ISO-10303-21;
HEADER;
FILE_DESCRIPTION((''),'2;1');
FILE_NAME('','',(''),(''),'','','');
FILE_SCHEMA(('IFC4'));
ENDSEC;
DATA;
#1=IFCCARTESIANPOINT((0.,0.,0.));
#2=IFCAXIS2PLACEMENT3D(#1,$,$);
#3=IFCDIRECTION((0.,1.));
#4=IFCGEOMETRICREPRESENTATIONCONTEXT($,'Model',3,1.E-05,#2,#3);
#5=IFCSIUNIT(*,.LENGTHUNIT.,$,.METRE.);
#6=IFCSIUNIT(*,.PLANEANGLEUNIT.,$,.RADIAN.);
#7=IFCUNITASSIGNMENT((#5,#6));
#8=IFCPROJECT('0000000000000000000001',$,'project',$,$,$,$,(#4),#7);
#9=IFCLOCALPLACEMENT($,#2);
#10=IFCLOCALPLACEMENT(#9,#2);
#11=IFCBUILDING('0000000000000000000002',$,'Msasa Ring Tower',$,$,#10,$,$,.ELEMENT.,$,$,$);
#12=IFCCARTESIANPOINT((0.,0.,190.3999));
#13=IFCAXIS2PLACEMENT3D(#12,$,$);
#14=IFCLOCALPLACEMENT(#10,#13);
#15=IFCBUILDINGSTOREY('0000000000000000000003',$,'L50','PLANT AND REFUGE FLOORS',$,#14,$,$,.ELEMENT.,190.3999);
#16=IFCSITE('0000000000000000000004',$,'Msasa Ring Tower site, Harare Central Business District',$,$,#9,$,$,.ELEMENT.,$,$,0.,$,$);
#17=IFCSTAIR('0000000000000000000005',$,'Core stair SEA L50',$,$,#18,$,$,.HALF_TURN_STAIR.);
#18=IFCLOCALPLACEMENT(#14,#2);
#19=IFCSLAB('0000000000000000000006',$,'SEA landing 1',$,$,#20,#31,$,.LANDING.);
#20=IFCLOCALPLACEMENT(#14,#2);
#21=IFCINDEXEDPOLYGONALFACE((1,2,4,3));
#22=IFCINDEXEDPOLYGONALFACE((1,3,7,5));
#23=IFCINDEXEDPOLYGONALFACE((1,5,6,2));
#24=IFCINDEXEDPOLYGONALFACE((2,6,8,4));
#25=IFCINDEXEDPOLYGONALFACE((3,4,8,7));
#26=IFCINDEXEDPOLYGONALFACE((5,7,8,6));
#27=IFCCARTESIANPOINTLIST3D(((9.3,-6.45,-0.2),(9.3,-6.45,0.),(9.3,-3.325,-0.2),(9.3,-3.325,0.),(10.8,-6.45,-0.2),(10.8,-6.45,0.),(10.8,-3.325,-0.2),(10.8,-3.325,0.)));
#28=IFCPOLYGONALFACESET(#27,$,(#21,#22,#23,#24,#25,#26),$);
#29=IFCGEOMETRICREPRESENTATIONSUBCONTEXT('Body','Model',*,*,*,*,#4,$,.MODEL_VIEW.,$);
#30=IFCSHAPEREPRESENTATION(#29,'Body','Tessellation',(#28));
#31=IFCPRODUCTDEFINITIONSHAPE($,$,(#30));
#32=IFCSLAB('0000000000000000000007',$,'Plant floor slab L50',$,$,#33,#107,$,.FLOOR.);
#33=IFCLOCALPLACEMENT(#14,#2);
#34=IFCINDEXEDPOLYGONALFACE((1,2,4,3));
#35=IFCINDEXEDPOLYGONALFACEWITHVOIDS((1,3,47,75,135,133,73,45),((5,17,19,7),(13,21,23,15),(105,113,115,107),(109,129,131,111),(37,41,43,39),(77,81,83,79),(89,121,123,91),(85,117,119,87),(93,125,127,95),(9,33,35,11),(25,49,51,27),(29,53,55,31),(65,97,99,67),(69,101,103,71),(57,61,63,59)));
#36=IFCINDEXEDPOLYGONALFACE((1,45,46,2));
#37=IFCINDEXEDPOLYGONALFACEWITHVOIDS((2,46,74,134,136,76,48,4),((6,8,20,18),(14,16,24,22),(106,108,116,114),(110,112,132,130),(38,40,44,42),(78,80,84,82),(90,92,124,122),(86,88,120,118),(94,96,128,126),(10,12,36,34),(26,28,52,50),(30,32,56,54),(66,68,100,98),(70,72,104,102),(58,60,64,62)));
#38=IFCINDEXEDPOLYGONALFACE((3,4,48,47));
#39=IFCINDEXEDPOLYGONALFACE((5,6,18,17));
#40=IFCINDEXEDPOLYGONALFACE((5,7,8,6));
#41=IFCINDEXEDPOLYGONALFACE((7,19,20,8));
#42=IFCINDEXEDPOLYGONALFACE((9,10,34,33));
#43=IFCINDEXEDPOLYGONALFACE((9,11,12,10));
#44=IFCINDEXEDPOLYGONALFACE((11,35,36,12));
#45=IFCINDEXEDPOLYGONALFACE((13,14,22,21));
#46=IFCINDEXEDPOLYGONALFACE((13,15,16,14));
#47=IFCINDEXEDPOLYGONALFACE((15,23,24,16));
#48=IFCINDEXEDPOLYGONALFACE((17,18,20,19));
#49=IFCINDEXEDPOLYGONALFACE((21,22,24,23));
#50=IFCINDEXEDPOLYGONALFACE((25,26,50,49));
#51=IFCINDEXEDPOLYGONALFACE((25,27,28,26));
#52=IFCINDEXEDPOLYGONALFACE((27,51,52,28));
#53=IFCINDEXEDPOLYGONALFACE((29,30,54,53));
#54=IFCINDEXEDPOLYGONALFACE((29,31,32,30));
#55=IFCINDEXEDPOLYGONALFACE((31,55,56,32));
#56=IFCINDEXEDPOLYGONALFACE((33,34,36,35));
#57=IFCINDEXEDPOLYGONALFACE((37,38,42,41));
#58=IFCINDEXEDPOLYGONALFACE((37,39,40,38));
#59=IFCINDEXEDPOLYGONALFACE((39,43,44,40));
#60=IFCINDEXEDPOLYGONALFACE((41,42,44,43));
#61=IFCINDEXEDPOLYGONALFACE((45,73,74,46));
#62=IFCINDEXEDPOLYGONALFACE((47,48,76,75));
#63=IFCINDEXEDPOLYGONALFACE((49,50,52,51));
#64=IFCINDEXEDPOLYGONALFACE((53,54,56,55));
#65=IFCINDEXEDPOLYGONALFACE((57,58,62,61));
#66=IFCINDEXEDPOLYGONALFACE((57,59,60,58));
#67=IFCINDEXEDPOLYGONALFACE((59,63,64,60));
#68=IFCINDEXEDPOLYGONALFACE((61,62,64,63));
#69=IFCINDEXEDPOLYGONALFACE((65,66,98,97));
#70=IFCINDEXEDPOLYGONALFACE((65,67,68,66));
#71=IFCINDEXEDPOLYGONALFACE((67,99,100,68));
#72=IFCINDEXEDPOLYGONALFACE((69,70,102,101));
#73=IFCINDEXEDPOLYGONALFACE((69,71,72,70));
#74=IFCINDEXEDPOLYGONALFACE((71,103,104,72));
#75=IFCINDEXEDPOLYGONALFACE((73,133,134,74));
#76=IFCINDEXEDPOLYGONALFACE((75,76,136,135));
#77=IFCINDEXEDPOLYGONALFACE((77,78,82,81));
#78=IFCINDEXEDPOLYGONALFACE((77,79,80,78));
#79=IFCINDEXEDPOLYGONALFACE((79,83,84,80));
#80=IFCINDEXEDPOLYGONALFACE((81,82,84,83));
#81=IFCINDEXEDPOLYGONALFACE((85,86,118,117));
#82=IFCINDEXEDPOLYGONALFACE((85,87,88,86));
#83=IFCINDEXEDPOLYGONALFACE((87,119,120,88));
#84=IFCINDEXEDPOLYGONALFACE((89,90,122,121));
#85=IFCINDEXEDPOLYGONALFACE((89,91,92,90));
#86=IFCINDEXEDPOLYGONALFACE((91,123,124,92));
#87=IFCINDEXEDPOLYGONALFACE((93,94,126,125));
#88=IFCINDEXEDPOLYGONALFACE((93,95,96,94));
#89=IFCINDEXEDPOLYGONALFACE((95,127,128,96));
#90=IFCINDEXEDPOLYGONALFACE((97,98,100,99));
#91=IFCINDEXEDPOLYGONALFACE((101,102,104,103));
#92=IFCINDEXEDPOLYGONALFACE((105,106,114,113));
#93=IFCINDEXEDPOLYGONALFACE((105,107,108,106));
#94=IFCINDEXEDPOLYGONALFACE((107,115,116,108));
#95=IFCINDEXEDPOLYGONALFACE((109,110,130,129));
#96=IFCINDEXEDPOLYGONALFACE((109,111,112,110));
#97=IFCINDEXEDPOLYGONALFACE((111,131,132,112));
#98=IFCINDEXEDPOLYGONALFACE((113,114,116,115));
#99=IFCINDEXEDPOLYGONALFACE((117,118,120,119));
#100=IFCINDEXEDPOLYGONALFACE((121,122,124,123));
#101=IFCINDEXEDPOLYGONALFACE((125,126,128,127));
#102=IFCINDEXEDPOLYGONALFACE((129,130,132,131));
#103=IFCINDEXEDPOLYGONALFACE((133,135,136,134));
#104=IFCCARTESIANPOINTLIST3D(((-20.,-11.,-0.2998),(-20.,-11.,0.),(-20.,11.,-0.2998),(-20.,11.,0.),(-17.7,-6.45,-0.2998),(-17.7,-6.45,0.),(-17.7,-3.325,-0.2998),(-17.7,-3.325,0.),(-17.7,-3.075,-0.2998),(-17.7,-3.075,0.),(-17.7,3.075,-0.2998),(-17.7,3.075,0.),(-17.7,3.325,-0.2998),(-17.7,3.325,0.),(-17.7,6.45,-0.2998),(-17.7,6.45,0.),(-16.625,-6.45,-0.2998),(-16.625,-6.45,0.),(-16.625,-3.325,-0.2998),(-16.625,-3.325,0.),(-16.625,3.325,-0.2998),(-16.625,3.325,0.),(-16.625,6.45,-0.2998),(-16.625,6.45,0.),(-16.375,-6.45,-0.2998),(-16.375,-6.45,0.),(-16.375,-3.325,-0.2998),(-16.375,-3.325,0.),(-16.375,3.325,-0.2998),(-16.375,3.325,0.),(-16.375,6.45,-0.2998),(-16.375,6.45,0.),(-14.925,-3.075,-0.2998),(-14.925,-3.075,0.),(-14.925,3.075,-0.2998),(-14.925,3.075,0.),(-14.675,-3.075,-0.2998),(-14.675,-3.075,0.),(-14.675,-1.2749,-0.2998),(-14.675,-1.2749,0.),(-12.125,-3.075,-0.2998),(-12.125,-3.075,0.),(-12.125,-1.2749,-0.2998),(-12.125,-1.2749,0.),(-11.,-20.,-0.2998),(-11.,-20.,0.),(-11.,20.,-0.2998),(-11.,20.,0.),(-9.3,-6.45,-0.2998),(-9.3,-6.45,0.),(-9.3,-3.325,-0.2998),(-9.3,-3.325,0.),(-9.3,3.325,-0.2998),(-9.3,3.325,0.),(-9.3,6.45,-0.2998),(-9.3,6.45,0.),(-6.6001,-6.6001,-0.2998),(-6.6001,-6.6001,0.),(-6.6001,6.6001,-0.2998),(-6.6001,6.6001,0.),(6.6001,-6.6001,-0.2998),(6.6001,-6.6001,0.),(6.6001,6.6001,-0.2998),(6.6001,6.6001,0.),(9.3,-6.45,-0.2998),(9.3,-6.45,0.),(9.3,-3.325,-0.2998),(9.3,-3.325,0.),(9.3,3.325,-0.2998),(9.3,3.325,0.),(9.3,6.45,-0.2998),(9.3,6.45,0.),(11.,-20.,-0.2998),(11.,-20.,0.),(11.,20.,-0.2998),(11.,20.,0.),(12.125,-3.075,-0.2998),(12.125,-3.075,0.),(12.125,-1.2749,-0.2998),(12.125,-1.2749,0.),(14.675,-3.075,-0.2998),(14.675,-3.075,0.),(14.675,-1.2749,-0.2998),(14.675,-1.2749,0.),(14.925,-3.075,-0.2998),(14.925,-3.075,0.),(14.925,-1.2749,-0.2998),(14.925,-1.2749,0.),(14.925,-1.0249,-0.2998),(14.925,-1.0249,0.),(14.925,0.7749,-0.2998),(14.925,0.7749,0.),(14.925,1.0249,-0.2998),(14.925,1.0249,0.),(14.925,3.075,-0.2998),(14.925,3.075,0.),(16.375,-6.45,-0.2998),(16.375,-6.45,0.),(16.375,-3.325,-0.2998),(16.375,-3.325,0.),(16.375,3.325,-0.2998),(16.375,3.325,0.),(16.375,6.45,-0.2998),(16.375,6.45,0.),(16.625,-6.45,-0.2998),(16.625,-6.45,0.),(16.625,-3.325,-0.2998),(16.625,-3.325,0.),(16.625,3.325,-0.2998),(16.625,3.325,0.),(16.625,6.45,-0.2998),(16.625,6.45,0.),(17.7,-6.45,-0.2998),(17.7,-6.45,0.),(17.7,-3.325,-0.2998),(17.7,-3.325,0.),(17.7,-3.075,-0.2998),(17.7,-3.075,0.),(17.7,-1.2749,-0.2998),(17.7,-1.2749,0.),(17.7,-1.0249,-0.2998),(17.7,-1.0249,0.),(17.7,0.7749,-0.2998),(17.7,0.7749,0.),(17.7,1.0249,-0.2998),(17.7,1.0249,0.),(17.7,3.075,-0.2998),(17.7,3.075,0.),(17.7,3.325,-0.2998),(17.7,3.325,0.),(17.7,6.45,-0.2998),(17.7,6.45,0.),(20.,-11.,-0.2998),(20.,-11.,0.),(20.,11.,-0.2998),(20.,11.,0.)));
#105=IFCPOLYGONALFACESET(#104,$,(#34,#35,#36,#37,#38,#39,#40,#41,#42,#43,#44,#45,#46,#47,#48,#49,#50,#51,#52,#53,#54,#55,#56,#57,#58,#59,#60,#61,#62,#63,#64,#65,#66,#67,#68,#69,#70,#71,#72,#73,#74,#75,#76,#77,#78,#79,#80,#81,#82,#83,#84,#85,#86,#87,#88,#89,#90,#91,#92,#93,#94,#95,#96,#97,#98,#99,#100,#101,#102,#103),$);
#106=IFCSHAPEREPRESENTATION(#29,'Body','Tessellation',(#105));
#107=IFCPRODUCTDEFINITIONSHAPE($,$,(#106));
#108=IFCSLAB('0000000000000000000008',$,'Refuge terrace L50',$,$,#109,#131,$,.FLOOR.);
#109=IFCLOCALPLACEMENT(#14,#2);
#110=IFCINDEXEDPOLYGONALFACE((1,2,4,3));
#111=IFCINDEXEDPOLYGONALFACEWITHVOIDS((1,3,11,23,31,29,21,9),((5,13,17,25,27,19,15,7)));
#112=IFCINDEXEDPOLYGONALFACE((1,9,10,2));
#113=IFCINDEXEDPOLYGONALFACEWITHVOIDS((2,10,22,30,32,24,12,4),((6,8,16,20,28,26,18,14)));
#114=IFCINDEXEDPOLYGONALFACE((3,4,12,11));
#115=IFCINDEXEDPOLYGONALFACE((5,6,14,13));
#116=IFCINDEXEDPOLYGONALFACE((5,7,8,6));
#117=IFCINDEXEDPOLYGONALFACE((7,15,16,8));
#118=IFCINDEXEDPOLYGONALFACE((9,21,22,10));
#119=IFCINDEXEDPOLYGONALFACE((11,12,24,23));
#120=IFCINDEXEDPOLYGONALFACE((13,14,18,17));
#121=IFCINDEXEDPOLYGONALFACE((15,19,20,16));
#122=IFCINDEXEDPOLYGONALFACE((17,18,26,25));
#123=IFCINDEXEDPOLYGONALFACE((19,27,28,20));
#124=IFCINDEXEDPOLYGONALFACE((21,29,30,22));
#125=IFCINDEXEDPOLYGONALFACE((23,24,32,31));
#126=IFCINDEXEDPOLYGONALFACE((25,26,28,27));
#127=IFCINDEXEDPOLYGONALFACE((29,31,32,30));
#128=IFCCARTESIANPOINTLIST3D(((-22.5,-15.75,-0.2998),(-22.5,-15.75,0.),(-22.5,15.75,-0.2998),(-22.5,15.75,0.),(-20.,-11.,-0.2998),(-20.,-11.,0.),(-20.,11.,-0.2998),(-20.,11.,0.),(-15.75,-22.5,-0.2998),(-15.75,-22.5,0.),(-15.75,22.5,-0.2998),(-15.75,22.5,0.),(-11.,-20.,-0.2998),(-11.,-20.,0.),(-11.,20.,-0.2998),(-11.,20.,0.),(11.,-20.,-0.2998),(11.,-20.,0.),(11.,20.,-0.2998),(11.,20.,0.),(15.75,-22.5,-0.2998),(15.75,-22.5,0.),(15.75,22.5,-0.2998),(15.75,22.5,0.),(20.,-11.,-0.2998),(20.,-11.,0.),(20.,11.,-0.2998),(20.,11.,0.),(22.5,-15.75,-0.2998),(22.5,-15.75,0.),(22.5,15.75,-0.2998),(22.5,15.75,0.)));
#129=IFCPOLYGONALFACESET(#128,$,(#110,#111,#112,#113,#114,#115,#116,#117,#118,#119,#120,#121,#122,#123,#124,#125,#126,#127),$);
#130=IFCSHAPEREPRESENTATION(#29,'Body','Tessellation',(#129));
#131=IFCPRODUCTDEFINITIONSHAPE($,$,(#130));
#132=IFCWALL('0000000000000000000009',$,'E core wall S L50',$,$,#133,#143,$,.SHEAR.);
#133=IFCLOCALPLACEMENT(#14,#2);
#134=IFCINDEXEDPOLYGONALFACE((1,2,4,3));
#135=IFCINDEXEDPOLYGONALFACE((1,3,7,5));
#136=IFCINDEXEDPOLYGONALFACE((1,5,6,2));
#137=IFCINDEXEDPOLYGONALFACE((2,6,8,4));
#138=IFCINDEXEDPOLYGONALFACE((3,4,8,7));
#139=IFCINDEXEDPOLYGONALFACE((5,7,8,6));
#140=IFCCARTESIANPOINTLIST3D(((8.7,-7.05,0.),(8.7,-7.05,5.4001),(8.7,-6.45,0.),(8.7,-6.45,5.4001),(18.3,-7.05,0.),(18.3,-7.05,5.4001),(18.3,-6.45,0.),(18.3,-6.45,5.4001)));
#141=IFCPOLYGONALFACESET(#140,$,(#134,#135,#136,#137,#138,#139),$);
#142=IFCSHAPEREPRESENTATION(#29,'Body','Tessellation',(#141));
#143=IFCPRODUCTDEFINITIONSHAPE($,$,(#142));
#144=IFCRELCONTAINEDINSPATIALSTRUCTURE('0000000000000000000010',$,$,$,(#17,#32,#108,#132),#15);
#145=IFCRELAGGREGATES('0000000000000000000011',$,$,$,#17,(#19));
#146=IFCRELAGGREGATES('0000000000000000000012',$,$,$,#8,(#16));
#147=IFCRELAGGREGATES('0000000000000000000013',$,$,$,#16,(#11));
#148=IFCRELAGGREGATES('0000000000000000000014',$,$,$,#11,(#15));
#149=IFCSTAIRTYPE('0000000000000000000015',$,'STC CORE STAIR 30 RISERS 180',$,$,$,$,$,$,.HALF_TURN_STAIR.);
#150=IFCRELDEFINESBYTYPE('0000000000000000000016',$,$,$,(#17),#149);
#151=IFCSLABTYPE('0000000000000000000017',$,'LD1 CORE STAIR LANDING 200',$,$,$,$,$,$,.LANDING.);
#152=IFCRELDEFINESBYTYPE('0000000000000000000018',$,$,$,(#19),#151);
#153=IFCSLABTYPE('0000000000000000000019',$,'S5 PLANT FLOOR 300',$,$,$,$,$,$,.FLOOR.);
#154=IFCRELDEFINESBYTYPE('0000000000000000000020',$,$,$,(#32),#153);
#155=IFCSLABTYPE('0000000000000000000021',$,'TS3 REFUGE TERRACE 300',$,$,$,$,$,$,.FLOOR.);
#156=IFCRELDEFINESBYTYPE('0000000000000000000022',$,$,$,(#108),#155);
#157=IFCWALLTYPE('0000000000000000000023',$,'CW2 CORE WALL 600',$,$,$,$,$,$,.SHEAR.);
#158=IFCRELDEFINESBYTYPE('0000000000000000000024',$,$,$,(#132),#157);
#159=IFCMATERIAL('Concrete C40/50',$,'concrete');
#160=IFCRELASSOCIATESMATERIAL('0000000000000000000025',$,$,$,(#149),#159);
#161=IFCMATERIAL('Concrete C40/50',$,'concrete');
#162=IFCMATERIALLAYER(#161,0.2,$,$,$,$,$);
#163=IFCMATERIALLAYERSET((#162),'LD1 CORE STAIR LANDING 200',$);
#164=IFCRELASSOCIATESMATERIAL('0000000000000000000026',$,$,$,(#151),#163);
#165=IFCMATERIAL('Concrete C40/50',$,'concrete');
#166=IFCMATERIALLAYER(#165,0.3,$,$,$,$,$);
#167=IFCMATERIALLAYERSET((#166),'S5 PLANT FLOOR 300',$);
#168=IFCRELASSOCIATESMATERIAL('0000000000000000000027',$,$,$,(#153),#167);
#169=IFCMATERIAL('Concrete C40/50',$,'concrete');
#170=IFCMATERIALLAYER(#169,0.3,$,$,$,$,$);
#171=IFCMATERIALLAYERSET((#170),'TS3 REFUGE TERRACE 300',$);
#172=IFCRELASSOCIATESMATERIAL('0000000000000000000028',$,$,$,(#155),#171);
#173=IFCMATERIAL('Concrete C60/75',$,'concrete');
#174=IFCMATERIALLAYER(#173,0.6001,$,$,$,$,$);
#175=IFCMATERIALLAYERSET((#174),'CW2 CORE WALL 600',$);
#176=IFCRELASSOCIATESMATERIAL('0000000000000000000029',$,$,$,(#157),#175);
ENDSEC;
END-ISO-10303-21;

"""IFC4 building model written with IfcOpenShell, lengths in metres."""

from ifc_helpers import new_model, si_unit, direction, frame, frame_2d, origin, place, context, subcontext, project, spatial, polyline, rectangle, outline, extrude, material, layer, layer_set, type_object, element, aggregate, save


model = new_model("IFC4")

# Units and contexts
model_context = context("Model", 3, precision=1e-05, world=origin(), true_north=direction((0.0, 1.0)))
body_context = subcontext(model_context, "Body", "Model", "MODEL_VIEW")
ifc_project = project(units=[si_unit("LENGTHUNIT", "METRE"), si_unit("PLANEANGLEUNIT", "RADIAN")], contexts=[model_context])

# Site, building, storey
site_placement = place(None, origin())
site = spatial("IfcSite", under=ifc_project, at=site_placement, Name="Msasa Ring Tower site, Harare Central Business District", CompositionType="ELEMENT", RefElevation=0.0)
building_placement = place(site_placement, origin())
building = spatial("IfcBuilding", under=site, at=building_placement, Name="Msasa Ring Tower", CompositionType="ELEMENT")
storey_placement = place(building_placement, frame((0.0, 0.0, 190.3999)))
storey = spatial("IfcBuildingStorey", under=building, at=storey_placement, Name="L50", Description="PLANT AND REFUGE FLOORS", CompositionType="ELEMENT", Elevation=190.3999)

# Stair, slab
ifc_material_1 = material(Name="Concrete C40/50", Category="concrete")
stair_type = type_object("IfcStairType", Name="STC CORE STAIR 30 RISERS 180", PredefinedType="HALF_TURN_STAIR", material=ifc_material_1)
stair_placement = place(storey_placement, origin())
stair = element("IfcStair", 1, at=stair_placement, inside=storey, type_object=stair_type, Name="Core stair SEA L50", PredefinedType="HALF_TURN_STAIR")
ifc_material_2 = material(Name="Concrete C40/50", Category="concrete")
ifc_layer_1 = layer(ifc_material_2, 0.2)
ifc_layer_set_1 = layer_set([ifc_layer_1], Name="LD1 CORE STAIR LANDING 200")
slab_type_1 = type_object("IfcSlabType", Name="LD1 CORE STAIR LANDING 200", PredefinedType="LANDING", material=ifc_layer_set_1)
slab_1_placement = place(storey_placement, frame((0.0, 0.0, -0.2)))
slab_1 = element("IfcSlab", 2, at=slab_1_placement, type_object=slab_type_1, Name="SEA landing 1", PredefinedType="LANDING", context=body_context, shape_type="SweptSolid", body=[
    extrude(outline(polyline([(9.3, -6.45), (10.8, -6.45), (10.8, -3.325), (9.3, -3.325), (9.3, -6.45)])), origin(), (0.0, 0.0, 1.0), 0.2),
])

# Slabs
ifc_material_3 = material(Name="Concrete C40/50", Category="concrete")
ifc_layer_2 = layer(ifc_material_3, 0.3)
ifc_layer_set_2 = layer_set([ifc_layer_2], Name="S5 PLANT FLOOR 300")
slab_type_2 = type_object("IfcSlabType", Name="S5 PLANT FLOOR 300", PredefinedType="FLOOR", material=ifc_layer_set_2)
slab_2_placement = place(storey_placement, frame((0.0, 0.0, -0.2998)))
element("IfcSlab", 3, at=slab_2_placement, inside=storey, type_object=slab_type_2, Name="Plant floor slab L50", PredefinedType="FLOOR", context=body_context, shape_type="SweptSolid", body=[
    extrude(outline(polyline([(-11.0, -20.0), (11.0, -20.0), (20.0, -11.0), (20.0, 11.0), (11.0, 20.0), (-11.0, 20.0), (-20.0, 11.0), (-20.0, -11.0), (-11.0, -20.0)]), holes=[polyline([(-6.6001, -6.6001), (6.6001, -6.6001), (6.6001, 6.6001), (-6.6001, 6.6001), (-6.6001, -6.6001)]), polyline([(9.3, -6.45), (16.375, -6.45), (16.375, -3.325), (9.3, -3.325), (9.3, -6.45)]), polyline([(9.3, 3.325), (16.375, 3.325), (16.375, 6.45), (9.3, 6.45), (9.3, 3.325)]), polyline([(12.125, -3.075), (14.675, -3.075), (14.675, -1.2749), (12.125, -1.2749), (12.125, -3.075)]), polyline([(16.625, -6.45), (17.7, -6.45), (17.7, -3.325), (16.625, -3.325), (16.625, -6.45)]), polyline([(16.625, 3.325), (17.7, 3.325), (17.7, 6.45), (16.625, 6.45), (16.625, 3.325)]), polyline([(14.925, -3.075), (17.7, -3.075), (17.7, -1.2749), (14.925, -1.2749), (14.925, -3.075)]), polyline([(14.925, -1.0249), (17.7, -1.0249), (17.7, 0.7749), (14.925, 0.7749), (14.925, -1.0249)]), polyline([(14.925, 1.0249), (17.7, 1.0249), (17.7, 3.075), (14.925, 3.075), (14.925, 1.0249)]), polyline([(-16.375, -6.45), (-9.3, -6.45), (-9.3, -3.325), (-16.375, -3.325), (-16.375, -6.45)]), polyline([(-16.375, 3.325), (-9.3, 3.325), (-9.3, 6.45), (-16.375, 6.45), (-16.375, 3.325)]), polyline([(-14.675, -3.075), (-12.125, -3.075), (-12.125, -1.2749), (-14.675, -1.2749), (-14.675, -3.075)]), polyline([(-17.7, -6.45), (-16.625, -6.45), (-16.625, -3.325), (-17.7, -3.325), (-17.7, -6.45)]), polyline([(-17.7, 3.325), (-16.625, 3.325), (-16.625, 6.45), (-17.7, 6.45), (-17.7, 3.325)]), polyline([(-17.7, -3.075), (-14.925, -3.075), (-14.925, 3.075), (-17.7, 3.075), (-17.7, -3.075)])]), origin(), (0.0, 0.0, 1.0), 0.2998),
])
ifc_material_4 = material(Name="Concrete C40/50", Category="concrete")
ifc_layer_3 = layer(ifc_material_4, 0.3)
ifc_layer_set_3 = layer_set([ifc_layer_3], Name="TS3 REFUGE TERRACE 300")
slab_type_3 = type_object("IfcSlabType", Name="TS3 REFUGE TERRACE 300", PredefinedType="FLOOR", material=ifc_layer_set_3)
slab_3_placement = place(storey_placement, frame((0.0, 0.0, -0.2998)))
element("IfcSlab", 4, at=slab_3_placement, inside=storey, type_object=slab_type_3, Name="Refuge terrace L50", PredefinedType="FLOOR", context=body_context, shape_type="SweptSolid", body=[
    extrude(outline(polyline([(-15.75, -22.5), (15.75, -22.5), (22.5, -15.75), (22.5, 15.75), (15.75, 22.5), (-15.75, 22.5), (-22.5, 15.75), (-22.5, -15.75), (-15.75, -22.5)]), holes=[polyline([(-11.0, -20.0), (11.0, -20.0), (20.0, -11.0), (20.0, 11.0), (11.0, 20.0), (-11.0, 20.0), (-20.0, 11.0), (-20.0, -11.0), (-11.0, -20.0)])]), origin(), (0.0, 0.0, 1.0), 0.2998),
])

# Wall
ifc_material_5 = material(Name="Concrete C60/75", Category="concrete")
ifc_layer_4 = layer(ifc_material_5, 0.6001)
ifc_layer_set_4 = layer_set([ifc_layer_4], Name="CW2 CORE WALL 600")
wall_type_1 = type_object("IfcWallType", Name="CW2 CORE WALL 600", PredefinedType="SHEAR", material=ifc_layer_set_4)
wall_1_placement = place(storey_placement, frame((8.7, -6.75, 0.0), z_axis=(0.0, 0.0, 1.0), x_axis=(1.0, 0.0, 0.0)))
element("IfcWall", 5, at=wall_1_placement, inside=storey, type_object=wall_type_1, Name="E core wall S L50", PredefinedType="SHEAR", context=body_context, shape_type="SweptSolid", body=[
    extrude(rectangle(XDim=9.6001, YDim=0.6001, at=frame_2d((4.8, 0.0))), origin(), (0.0, 0.0, 1.0), 5.4001),
])

aggregate(stair, [slab_1])

save(model, "model.ifc")
